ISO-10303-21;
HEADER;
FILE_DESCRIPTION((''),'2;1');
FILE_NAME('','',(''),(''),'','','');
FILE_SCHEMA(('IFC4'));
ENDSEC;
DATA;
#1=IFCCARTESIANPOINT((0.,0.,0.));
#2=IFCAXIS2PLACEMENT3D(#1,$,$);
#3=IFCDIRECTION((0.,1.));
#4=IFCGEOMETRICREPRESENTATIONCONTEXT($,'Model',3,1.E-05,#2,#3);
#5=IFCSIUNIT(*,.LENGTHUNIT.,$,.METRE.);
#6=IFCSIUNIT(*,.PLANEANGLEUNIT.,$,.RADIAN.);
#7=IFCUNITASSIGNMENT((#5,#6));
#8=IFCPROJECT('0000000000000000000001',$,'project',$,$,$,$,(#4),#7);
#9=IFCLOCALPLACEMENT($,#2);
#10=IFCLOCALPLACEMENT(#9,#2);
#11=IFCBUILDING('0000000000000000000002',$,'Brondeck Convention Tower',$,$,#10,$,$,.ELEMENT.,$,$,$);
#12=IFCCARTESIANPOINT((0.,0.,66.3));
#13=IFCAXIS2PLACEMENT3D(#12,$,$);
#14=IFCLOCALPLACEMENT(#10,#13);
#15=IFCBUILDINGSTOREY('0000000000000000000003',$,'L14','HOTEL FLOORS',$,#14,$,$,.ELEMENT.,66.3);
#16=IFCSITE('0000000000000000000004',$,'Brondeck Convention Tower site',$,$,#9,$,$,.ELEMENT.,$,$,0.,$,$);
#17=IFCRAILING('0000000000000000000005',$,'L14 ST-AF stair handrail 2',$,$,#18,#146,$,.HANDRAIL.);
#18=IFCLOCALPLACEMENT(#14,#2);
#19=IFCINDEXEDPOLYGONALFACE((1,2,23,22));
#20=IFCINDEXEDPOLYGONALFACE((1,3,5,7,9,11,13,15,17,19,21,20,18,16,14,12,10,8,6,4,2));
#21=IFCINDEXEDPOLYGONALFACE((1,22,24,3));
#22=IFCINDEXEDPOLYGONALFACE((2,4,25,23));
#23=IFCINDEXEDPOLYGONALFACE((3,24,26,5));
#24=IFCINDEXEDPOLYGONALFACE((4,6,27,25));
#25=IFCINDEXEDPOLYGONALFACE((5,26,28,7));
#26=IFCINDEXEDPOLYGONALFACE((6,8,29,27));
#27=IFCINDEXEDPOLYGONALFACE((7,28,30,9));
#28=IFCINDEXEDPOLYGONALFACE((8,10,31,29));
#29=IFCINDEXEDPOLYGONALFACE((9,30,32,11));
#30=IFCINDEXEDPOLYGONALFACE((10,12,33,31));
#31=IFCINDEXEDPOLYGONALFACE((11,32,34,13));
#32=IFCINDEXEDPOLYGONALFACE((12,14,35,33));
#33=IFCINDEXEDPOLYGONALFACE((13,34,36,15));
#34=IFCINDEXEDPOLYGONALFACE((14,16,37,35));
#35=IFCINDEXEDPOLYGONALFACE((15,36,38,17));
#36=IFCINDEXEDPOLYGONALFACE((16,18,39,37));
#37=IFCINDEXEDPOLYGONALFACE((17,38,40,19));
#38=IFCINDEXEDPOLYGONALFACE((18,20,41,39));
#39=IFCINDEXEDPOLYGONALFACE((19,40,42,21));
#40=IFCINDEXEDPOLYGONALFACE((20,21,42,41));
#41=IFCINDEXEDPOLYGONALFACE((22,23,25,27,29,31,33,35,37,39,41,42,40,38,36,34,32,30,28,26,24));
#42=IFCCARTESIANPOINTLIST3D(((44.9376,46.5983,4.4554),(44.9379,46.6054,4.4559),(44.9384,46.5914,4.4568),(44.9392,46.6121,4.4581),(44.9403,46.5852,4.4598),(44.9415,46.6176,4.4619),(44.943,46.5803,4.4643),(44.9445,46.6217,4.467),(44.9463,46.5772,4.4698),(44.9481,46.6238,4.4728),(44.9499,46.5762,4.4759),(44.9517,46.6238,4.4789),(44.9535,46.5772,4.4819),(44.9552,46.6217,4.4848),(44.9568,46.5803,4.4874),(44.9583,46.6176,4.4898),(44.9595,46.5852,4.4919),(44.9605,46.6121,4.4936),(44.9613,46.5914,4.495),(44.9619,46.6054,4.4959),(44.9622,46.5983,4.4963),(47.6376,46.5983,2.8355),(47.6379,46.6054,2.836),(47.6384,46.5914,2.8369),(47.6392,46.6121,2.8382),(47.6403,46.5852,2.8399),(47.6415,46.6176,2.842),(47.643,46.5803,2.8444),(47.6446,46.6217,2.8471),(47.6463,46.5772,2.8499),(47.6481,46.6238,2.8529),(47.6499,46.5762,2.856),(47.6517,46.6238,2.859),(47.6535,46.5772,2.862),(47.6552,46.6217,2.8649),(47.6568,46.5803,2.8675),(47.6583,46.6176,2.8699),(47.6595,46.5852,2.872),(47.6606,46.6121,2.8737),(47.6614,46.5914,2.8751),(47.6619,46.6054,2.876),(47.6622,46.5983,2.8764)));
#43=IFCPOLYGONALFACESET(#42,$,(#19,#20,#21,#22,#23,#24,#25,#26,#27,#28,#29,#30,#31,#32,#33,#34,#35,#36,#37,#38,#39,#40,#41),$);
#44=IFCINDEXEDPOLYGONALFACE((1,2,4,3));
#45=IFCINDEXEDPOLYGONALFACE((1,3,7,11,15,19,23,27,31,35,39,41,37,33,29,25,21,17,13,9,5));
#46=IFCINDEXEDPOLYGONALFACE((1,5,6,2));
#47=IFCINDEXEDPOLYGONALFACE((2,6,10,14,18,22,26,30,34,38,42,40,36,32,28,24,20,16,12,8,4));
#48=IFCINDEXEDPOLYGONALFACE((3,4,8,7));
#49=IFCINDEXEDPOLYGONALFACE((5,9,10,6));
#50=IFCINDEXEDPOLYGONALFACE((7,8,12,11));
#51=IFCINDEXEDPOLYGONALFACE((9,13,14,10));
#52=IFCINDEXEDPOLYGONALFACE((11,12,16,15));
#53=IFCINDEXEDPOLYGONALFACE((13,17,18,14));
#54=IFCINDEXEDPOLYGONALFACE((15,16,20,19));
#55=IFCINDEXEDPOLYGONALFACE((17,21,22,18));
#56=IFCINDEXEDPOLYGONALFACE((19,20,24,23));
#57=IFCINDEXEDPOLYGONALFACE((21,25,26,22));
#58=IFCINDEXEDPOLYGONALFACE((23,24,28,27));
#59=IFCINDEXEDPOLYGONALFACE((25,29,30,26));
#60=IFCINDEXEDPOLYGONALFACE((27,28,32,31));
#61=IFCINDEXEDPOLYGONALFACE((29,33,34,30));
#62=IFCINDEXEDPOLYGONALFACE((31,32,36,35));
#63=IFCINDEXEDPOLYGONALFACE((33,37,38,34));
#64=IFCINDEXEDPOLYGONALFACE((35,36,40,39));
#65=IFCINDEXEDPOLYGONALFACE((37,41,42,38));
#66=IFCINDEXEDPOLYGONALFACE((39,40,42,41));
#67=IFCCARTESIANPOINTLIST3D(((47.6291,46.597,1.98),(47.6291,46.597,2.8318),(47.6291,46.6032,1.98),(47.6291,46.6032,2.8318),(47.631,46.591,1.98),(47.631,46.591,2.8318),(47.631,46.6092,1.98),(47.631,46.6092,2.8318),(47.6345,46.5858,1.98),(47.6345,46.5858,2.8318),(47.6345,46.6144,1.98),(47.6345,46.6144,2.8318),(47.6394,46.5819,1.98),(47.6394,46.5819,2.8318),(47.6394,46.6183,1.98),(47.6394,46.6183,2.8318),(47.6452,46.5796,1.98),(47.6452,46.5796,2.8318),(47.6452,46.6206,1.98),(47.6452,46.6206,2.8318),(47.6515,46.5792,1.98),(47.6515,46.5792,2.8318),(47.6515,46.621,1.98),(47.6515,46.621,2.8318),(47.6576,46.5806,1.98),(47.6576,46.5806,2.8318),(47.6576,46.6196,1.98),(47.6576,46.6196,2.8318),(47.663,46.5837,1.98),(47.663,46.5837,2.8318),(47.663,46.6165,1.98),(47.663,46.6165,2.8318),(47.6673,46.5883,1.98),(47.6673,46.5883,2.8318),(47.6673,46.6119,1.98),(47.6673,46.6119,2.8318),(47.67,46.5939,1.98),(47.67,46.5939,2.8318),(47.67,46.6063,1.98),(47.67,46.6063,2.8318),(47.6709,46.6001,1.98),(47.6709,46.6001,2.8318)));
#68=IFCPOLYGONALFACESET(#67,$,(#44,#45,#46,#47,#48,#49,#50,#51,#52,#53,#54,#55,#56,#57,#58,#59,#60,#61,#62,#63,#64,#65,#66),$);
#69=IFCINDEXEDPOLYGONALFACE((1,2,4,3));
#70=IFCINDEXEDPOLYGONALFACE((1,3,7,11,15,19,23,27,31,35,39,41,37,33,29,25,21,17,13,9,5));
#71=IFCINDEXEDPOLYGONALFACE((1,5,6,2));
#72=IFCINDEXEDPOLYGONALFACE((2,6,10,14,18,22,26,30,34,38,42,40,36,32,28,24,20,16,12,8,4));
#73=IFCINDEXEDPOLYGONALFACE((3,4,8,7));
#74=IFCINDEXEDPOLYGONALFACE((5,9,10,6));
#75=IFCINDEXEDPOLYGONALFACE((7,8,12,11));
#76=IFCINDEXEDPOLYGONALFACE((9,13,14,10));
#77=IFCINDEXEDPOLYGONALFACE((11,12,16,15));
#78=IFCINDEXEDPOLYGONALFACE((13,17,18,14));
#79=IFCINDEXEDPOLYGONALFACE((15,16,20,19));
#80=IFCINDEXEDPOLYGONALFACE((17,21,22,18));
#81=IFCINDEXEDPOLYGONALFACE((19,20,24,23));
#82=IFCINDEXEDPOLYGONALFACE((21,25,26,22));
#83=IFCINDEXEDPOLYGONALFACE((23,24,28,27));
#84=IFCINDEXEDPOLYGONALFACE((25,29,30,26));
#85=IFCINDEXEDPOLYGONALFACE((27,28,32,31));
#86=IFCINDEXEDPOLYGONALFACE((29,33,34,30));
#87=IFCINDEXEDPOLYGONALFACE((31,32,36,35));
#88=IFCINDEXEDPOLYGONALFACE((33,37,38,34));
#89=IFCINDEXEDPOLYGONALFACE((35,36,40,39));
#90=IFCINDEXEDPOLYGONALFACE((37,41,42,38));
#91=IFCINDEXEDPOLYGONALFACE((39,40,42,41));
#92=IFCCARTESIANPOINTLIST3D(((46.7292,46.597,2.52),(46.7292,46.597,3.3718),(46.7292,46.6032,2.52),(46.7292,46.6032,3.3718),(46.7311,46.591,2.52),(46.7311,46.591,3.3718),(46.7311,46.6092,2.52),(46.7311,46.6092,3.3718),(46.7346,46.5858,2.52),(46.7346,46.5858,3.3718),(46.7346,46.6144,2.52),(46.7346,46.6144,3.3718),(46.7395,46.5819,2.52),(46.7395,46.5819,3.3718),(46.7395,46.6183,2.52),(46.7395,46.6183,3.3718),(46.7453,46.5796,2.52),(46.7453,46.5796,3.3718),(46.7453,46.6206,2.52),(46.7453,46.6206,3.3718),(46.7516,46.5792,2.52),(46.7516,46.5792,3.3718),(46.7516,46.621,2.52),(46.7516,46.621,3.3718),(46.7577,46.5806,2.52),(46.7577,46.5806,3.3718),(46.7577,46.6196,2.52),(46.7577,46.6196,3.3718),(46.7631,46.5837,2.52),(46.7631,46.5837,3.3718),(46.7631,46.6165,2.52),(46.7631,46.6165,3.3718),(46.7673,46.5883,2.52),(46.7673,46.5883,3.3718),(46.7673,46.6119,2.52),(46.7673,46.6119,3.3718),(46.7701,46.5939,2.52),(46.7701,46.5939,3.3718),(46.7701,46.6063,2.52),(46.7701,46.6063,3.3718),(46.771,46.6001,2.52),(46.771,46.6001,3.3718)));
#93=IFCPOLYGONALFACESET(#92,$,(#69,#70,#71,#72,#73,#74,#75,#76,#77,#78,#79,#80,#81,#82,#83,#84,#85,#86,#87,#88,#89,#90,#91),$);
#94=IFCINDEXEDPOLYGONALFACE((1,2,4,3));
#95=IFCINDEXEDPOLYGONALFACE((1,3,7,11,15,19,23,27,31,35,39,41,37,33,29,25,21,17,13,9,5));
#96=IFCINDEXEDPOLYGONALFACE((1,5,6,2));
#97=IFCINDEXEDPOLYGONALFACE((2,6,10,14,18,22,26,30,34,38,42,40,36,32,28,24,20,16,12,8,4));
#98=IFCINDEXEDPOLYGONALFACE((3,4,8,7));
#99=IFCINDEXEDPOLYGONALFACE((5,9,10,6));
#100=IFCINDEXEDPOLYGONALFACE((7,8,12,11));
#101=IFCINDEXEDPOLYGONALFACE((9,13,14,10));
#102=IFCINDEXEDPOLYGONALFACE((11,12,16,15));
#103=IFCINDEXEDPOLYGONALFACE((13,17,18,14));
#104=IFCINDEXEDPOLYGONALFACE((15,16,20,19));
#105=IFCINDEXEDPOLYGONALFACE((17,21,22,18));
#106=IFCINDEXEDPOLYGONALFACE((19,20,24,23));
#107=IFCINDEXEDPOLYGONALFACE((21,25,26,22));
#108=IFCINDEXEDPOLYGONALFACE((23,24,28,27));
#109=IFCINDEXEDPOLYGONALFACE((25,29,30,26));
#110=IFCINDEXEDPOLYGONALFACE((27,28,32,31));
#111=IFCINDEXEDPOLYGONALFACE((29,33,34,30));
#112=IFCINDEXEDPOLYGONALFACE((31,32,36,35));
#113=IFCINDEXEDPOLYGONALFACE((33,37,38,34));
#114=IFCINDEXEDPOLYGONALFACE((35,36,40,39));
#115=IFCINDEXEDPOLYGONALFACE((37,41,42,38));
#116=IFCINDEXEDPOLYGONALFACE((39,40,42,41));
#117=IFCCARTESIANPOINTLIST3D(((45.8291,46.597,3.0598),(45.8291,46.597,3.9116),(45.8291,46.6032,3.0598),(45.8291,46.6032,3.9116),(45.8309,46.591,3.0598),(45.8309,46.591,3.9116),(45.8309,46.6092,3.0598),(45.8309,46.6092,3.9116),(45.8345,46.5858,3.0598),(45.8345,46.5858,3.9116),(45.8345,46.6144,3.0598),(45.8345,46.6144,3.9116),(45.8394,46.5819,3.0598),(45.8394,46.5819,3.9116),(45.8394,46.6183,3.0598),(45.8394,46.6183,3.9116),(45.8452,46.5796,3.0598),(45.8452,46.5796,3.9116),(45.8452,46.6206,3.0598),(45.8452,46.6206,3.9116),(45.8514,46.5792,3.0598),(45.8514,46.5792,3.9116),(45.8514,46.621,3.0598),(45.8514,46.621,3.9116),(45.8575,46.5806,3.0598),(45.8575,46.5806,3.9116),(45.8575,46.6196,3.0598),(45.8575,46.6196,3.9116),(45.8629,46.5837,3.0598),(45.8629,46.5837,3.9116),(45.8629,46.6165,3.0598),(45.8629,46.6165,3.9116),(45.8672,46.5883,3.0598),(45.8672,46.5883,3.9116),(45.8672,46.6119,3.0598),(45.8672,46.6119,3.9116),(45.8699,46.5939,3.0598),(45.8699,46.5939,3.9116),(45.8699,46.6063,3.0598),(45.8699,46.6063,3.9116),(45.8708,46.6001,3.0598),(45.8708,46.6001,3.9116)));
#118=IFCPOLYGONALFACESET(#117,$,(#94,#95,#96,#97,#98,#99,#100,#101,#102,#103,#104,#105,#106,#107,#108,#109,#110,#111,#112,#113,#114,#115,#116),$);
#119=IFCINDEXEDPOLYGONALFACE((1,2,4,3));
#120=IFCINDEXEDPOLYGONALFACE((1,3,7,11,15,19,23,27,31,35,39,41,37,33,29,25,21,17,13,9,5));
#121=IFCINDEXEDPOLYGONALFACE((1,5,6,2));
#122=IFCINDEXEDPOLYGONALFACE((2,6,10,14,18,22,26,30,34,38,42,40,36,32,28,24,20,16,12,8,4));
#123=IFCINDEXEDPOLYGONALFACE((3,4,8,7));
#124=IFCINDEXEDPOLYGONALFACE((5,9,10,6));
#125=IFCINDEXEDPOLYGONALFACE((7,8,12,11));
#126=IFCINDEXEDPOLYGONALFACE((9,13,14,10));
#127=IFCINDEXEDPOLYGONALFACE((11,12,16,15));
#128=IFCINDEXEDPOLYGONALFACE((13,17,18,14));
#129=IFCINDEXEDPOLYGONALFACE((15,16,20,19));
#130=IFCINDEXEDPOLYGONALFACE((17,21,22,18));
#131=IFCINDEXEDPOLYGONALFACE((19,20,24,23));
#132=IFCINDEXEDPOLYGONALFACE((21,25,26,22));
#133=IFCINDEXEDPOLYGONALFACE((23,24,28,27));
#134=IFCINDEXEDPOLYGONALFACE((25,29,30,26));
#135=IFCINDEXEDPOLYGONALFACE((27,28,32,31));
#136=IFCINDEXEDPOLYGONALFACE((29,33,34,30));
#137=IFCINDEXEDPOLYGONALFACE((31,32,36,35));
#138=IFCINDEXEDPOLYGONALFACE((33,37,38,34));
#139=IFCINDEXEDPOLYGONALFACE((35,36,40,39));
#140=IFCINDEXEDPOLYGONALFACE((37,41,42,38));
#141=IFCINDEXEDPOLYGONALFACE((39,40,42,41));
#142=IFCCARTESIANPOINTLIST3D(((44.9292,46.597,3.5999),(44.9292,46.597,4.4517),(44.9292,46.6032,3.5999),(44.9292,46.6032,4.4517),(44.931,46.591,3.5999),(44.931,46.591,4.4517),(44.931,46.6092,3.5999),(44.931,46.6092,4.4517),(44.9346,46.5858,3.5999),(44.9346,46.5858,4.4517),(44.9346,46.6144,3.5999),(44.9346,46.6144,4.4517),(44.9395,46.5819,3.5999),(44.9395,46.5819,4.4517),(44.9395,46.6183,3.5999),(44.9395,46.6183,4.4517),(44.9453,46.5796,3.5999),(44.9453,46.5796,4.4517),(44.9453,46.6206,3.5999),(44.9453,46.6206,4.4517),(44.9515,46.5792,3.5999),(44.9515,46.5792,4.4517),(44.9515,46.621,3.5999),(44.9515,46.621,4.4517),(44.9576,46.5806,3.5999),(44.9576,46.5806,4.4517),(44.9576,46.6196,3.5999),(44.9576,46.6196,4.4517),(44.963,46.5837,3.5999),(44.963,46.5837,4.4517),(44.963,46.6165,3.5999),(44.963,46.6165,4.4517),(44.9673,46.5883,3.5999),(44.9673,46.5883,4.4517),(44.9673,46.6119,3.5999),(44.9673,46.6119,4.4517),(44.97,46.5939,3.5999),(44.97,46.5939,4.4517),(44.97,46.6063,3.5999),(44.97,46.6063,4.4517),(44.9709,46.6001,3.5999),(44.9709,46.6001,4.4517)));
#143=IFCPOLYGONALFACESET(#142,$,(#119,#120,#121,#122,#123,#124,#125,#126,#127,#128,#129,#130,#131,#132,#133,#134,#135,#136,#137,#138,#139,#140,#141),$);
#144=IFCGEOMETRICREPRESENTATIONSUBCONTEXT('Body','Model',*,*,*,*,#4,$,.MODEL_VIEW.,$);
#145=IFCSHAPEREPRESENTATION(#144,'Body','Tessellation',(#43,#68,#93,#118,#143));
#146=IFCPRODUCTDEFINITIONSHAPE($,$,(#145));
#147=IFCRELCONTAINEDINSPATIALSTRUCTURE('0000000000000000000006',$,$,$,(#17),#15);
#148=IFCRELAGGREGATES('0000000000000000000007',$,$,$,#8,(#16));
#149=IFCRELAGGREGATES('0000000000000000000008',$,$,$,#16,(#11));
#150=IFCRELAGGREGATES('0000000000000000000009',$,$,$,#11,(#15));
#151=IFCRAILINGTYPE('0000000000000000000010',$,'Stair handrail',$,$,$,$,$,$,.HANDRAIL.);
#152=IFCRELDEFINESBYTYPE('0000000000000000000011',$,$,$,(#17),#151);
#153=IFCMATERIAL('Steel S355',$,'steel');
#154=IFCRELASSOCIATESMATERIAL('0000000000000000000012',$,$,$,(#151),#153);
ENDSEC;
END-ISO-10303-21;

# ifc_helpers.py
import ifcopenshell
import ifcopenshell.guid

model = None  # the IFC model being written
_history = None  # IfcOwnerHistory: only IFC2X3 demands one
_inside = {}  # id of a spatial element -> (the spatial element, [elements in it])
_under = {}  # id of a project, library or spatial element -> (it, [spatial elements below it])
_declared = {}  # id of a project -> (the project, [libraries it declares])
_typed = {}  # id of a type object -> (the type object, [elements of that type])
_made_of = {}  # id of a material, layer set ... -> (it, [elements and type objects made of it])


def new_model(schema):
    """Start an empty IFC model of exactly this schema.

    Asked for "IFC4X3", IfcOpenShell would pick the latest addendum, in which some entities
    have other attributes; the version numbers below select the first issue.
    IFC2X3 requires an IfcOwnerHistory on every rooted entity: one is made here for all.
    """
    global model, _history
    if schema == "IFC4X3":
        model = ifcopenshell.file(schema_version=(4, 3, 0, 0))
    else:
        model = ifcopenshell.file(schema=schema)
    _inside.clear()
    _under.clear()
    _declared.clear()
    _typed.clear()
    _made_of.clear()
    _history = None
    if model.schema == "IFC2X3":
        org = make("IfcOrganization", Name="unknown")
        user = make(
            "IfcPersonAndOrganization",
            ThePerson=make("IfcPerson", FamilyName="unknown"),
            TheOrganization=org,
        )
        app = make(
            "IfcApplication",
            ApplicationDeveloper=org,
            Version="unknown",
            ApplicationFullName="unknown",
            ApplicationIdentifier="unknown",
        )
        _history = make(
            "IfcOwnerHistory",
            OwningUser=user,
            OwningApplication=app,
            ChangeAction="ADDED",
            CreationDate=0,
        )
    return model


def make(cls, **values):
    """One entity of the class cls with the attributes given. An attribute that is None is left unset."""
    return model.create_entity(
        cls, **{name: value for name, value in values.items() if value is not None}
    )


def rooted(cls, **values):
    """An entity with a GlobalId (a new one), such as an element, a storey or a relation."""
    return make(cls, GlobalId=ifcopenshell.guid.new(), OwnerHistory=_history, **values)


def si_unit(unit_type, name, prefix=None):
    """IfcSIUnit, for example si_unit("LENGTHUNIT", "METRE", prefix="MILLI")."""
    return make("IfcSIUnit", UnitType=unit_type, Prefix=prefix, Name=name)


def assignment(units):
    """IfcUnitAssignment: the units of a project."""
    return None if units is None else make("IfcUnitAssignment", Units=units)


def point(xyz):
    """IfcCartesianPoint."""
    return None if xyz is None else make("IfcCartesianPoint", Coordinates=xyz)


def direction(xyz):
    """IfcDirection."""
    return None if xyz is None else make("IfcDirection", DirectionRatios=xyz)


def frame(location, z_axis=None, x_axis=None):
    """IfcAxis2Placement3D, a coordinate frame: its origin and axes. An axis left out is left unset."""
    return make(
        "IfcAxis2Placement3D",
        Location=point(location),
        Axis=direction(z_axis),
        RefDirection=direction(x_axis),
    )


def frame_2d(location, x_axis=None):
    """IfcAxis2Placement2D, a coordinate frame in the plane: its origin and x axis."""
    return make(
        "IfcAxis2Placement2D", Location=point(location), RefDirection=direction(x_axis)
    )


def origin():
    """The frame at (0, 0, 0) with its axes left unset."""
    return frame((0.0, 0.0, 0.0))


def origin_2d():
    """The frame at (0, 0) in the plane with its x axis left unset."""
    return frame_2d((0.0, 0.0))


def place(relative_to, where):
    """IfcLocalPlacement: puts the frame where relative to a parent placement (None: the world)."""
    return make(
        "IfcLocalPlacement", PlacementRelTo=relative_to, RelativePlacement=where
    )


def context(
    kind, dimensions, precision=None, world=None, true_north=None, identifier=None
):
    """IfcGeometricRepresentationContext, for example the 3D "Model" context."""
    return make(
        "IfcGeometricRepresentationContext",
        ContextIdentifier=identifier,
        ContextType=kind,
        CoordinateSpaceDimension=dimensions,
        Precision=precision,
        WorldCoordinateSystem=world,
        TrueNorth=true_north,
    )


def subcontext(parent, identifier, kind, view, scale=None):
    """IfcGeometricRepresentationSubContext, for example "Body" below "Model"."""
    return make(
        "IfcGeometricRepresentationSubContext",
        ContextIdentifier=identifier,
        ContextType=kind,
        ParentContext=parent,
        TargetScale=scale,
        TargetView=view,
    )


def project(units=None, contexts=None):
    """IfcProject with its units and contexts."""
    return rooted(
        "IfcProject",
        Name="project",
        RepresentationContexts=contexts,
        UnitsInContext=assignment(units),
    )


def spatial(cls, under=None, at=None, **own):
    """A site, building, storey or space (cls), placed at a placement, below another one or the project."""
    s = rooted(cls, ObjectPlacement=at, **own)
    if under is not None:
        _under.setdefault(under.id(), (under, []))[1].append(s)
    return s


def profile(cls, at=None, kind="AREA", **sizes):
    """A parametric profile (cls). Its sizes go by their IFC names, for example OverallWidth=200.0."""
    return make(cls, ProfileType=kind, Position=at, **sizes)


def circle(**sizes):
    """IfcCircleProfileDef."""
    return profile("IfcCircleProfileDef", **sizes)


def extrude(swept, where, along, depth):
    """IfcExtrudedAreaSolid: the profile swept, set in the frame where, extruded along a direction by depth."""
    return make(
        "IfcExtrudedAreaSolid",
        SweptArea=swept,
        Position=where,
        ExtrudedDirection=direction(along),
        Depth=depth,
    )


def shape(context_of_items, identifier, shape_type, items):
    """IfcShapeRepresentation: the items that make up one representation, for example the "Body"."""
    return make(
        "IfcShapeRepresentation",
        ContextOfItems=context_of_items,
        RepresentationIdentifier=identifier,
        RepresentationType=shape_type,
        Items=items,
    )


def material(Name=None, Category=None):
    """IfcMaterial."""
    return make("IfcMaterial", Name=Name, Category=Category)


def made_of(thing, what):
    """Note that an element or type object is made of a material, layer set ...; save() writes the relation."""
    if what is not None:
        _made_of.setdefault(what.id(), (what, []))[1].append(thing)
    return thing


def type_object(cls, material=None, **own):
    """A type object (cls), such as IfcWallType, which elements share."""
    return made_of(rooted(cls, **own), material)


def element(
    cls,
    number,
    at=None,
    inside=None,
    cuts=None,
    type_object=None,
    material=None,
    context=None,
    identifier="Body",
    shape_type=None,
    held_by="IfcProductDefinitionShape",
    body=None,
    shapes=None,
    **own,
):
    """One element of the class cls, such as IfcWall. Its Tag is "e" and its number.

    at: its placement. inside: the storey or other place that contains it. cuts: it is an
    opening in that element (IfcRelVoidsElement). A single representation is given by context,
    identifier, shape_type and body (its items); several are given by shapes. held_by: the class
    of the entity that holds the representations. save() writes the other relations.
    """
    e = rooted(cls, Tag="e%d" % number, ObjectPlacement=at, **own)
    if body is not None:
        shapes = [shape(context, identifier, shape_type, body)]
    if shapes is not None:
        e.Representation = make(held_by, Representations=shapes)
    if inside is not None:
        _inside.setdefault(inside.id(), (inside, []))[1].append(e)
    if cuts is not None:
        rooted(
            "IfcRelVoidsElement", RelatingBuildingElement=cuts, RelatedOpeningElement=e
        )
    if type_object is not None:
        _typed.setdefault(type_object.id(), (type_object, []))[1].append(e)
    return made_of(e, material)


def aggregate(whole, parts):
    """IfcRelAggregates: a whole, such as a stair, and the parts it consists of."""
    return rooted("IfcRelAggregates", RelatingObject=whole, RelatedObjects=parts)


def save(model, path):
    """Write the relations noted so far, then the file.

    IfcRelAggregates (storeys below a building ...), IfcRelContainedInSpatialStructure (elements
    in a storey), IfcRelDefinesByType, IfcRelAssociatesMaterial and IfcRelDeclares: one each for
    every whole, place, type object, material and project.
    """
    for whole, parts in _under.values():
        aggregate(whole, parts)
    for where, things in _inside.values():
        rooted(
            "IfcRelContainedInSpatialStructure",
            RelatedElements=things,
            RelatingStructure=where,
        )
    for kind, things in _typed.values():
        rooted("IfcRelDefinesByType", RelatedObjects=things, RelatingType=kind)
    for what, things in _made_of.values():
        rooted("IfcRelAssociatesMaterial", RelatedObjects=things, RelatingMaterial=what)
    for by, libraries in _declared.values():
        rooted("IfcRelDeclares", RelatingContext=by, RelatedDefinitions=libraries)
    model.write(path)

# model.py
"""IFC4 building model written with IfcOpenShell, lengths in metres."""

from ifc_helpers import new_model, si_unit, direction, frame, origin, origin_2d, place, context, subcontext, project, spatial, circle, extrude, material, type_object, element, save


model = new_model("IFC4")

# Units and contexts
model_context = context("Model", 3, precision=1e-05, world=origin(), true_north=direction((0.0, 1.0)))
body_context = subcontext(model_context, "Body", "Model", "MODEL_VIEW")
ifc_project = project(units=[si_unit("LENGTHUNIT", "METRE"), si_unit("PLANEANGLEUNIT", "RADIAN")], contexts=[model_context])

# Site, building, storey
site_placement = place(None, origin())
site = spatial("IfcSite", under=ifc_project, at=site_placement, Name="Brondeck Convention Tower site", CompositionType="ELEMENT", RefElevation=0.0)
building_placement = place(site_placement, origin())
building = spatial("IfcBuilding", under=site, at=building_placement, Name="Brondeck Convention Tower", CompositionType="ELEMENT")
storey_placement = place(building_placement, frame((0.0, 0.0, 66.3)))
storey = spatial("IfcBuildingStorey", under=building, at=storey_placement, Name="L14", Description="HOTEL FLOORS", CompositionType="ELEMENT", Elevation=66.3)

# Shared definitions
ifc_material_1 = material(Name="Steel S355", Category="steel")

# Railing
railing_type = type_object("IfcRailingType", Name="Stair handrail", PredefinedType="HANDRAIL", material=ifc_material_1)
railing_placement = place(storey_placement, frame((47.6499, 46.6001, 1.98)))
element("IfcRailing", 1, at=railing_placement, inside=storey, type_object=railing_type, Name="L14 ST-AF stair handrail 2", PredefinedType="HANDRAIL", context=body_context, shape_type="SweptSolid", body=[
    extrude(circle(Radius=0.0239, at=origin_2d()), frame((0.0, 0.0, 0.876), z_axis=(-0.857507, 0.0, 0.514473), x_axis=(0.0, -1.0, 0.0)), (0.0, 0.0, 1.0), 3.1487),
    extrude(circle(Radius=0.021, at=origin_2d()), origin(), (0.0, 0.0, 1.0), 0.8518),
    extrude(circle(Radius=0.021, at=origin_2d()), frame((-0.8999, 0.0, 0.54)), (0.0, 0.0, 1.0), 0.8518),
    extrude(circle(Radius=0.021, at=origin_2d()), frame((-1.8, 0.0, 1.0798)), (0.0, 0.0, 1.0), 0.8518),
    extrude(circle(Radius=0.021, at=origin_2d()), frame((-2.7, 0.0, 1.6199)), (0.0, 0.0, 1.0), 0.8518),
])

save(model, "model.ifc")
